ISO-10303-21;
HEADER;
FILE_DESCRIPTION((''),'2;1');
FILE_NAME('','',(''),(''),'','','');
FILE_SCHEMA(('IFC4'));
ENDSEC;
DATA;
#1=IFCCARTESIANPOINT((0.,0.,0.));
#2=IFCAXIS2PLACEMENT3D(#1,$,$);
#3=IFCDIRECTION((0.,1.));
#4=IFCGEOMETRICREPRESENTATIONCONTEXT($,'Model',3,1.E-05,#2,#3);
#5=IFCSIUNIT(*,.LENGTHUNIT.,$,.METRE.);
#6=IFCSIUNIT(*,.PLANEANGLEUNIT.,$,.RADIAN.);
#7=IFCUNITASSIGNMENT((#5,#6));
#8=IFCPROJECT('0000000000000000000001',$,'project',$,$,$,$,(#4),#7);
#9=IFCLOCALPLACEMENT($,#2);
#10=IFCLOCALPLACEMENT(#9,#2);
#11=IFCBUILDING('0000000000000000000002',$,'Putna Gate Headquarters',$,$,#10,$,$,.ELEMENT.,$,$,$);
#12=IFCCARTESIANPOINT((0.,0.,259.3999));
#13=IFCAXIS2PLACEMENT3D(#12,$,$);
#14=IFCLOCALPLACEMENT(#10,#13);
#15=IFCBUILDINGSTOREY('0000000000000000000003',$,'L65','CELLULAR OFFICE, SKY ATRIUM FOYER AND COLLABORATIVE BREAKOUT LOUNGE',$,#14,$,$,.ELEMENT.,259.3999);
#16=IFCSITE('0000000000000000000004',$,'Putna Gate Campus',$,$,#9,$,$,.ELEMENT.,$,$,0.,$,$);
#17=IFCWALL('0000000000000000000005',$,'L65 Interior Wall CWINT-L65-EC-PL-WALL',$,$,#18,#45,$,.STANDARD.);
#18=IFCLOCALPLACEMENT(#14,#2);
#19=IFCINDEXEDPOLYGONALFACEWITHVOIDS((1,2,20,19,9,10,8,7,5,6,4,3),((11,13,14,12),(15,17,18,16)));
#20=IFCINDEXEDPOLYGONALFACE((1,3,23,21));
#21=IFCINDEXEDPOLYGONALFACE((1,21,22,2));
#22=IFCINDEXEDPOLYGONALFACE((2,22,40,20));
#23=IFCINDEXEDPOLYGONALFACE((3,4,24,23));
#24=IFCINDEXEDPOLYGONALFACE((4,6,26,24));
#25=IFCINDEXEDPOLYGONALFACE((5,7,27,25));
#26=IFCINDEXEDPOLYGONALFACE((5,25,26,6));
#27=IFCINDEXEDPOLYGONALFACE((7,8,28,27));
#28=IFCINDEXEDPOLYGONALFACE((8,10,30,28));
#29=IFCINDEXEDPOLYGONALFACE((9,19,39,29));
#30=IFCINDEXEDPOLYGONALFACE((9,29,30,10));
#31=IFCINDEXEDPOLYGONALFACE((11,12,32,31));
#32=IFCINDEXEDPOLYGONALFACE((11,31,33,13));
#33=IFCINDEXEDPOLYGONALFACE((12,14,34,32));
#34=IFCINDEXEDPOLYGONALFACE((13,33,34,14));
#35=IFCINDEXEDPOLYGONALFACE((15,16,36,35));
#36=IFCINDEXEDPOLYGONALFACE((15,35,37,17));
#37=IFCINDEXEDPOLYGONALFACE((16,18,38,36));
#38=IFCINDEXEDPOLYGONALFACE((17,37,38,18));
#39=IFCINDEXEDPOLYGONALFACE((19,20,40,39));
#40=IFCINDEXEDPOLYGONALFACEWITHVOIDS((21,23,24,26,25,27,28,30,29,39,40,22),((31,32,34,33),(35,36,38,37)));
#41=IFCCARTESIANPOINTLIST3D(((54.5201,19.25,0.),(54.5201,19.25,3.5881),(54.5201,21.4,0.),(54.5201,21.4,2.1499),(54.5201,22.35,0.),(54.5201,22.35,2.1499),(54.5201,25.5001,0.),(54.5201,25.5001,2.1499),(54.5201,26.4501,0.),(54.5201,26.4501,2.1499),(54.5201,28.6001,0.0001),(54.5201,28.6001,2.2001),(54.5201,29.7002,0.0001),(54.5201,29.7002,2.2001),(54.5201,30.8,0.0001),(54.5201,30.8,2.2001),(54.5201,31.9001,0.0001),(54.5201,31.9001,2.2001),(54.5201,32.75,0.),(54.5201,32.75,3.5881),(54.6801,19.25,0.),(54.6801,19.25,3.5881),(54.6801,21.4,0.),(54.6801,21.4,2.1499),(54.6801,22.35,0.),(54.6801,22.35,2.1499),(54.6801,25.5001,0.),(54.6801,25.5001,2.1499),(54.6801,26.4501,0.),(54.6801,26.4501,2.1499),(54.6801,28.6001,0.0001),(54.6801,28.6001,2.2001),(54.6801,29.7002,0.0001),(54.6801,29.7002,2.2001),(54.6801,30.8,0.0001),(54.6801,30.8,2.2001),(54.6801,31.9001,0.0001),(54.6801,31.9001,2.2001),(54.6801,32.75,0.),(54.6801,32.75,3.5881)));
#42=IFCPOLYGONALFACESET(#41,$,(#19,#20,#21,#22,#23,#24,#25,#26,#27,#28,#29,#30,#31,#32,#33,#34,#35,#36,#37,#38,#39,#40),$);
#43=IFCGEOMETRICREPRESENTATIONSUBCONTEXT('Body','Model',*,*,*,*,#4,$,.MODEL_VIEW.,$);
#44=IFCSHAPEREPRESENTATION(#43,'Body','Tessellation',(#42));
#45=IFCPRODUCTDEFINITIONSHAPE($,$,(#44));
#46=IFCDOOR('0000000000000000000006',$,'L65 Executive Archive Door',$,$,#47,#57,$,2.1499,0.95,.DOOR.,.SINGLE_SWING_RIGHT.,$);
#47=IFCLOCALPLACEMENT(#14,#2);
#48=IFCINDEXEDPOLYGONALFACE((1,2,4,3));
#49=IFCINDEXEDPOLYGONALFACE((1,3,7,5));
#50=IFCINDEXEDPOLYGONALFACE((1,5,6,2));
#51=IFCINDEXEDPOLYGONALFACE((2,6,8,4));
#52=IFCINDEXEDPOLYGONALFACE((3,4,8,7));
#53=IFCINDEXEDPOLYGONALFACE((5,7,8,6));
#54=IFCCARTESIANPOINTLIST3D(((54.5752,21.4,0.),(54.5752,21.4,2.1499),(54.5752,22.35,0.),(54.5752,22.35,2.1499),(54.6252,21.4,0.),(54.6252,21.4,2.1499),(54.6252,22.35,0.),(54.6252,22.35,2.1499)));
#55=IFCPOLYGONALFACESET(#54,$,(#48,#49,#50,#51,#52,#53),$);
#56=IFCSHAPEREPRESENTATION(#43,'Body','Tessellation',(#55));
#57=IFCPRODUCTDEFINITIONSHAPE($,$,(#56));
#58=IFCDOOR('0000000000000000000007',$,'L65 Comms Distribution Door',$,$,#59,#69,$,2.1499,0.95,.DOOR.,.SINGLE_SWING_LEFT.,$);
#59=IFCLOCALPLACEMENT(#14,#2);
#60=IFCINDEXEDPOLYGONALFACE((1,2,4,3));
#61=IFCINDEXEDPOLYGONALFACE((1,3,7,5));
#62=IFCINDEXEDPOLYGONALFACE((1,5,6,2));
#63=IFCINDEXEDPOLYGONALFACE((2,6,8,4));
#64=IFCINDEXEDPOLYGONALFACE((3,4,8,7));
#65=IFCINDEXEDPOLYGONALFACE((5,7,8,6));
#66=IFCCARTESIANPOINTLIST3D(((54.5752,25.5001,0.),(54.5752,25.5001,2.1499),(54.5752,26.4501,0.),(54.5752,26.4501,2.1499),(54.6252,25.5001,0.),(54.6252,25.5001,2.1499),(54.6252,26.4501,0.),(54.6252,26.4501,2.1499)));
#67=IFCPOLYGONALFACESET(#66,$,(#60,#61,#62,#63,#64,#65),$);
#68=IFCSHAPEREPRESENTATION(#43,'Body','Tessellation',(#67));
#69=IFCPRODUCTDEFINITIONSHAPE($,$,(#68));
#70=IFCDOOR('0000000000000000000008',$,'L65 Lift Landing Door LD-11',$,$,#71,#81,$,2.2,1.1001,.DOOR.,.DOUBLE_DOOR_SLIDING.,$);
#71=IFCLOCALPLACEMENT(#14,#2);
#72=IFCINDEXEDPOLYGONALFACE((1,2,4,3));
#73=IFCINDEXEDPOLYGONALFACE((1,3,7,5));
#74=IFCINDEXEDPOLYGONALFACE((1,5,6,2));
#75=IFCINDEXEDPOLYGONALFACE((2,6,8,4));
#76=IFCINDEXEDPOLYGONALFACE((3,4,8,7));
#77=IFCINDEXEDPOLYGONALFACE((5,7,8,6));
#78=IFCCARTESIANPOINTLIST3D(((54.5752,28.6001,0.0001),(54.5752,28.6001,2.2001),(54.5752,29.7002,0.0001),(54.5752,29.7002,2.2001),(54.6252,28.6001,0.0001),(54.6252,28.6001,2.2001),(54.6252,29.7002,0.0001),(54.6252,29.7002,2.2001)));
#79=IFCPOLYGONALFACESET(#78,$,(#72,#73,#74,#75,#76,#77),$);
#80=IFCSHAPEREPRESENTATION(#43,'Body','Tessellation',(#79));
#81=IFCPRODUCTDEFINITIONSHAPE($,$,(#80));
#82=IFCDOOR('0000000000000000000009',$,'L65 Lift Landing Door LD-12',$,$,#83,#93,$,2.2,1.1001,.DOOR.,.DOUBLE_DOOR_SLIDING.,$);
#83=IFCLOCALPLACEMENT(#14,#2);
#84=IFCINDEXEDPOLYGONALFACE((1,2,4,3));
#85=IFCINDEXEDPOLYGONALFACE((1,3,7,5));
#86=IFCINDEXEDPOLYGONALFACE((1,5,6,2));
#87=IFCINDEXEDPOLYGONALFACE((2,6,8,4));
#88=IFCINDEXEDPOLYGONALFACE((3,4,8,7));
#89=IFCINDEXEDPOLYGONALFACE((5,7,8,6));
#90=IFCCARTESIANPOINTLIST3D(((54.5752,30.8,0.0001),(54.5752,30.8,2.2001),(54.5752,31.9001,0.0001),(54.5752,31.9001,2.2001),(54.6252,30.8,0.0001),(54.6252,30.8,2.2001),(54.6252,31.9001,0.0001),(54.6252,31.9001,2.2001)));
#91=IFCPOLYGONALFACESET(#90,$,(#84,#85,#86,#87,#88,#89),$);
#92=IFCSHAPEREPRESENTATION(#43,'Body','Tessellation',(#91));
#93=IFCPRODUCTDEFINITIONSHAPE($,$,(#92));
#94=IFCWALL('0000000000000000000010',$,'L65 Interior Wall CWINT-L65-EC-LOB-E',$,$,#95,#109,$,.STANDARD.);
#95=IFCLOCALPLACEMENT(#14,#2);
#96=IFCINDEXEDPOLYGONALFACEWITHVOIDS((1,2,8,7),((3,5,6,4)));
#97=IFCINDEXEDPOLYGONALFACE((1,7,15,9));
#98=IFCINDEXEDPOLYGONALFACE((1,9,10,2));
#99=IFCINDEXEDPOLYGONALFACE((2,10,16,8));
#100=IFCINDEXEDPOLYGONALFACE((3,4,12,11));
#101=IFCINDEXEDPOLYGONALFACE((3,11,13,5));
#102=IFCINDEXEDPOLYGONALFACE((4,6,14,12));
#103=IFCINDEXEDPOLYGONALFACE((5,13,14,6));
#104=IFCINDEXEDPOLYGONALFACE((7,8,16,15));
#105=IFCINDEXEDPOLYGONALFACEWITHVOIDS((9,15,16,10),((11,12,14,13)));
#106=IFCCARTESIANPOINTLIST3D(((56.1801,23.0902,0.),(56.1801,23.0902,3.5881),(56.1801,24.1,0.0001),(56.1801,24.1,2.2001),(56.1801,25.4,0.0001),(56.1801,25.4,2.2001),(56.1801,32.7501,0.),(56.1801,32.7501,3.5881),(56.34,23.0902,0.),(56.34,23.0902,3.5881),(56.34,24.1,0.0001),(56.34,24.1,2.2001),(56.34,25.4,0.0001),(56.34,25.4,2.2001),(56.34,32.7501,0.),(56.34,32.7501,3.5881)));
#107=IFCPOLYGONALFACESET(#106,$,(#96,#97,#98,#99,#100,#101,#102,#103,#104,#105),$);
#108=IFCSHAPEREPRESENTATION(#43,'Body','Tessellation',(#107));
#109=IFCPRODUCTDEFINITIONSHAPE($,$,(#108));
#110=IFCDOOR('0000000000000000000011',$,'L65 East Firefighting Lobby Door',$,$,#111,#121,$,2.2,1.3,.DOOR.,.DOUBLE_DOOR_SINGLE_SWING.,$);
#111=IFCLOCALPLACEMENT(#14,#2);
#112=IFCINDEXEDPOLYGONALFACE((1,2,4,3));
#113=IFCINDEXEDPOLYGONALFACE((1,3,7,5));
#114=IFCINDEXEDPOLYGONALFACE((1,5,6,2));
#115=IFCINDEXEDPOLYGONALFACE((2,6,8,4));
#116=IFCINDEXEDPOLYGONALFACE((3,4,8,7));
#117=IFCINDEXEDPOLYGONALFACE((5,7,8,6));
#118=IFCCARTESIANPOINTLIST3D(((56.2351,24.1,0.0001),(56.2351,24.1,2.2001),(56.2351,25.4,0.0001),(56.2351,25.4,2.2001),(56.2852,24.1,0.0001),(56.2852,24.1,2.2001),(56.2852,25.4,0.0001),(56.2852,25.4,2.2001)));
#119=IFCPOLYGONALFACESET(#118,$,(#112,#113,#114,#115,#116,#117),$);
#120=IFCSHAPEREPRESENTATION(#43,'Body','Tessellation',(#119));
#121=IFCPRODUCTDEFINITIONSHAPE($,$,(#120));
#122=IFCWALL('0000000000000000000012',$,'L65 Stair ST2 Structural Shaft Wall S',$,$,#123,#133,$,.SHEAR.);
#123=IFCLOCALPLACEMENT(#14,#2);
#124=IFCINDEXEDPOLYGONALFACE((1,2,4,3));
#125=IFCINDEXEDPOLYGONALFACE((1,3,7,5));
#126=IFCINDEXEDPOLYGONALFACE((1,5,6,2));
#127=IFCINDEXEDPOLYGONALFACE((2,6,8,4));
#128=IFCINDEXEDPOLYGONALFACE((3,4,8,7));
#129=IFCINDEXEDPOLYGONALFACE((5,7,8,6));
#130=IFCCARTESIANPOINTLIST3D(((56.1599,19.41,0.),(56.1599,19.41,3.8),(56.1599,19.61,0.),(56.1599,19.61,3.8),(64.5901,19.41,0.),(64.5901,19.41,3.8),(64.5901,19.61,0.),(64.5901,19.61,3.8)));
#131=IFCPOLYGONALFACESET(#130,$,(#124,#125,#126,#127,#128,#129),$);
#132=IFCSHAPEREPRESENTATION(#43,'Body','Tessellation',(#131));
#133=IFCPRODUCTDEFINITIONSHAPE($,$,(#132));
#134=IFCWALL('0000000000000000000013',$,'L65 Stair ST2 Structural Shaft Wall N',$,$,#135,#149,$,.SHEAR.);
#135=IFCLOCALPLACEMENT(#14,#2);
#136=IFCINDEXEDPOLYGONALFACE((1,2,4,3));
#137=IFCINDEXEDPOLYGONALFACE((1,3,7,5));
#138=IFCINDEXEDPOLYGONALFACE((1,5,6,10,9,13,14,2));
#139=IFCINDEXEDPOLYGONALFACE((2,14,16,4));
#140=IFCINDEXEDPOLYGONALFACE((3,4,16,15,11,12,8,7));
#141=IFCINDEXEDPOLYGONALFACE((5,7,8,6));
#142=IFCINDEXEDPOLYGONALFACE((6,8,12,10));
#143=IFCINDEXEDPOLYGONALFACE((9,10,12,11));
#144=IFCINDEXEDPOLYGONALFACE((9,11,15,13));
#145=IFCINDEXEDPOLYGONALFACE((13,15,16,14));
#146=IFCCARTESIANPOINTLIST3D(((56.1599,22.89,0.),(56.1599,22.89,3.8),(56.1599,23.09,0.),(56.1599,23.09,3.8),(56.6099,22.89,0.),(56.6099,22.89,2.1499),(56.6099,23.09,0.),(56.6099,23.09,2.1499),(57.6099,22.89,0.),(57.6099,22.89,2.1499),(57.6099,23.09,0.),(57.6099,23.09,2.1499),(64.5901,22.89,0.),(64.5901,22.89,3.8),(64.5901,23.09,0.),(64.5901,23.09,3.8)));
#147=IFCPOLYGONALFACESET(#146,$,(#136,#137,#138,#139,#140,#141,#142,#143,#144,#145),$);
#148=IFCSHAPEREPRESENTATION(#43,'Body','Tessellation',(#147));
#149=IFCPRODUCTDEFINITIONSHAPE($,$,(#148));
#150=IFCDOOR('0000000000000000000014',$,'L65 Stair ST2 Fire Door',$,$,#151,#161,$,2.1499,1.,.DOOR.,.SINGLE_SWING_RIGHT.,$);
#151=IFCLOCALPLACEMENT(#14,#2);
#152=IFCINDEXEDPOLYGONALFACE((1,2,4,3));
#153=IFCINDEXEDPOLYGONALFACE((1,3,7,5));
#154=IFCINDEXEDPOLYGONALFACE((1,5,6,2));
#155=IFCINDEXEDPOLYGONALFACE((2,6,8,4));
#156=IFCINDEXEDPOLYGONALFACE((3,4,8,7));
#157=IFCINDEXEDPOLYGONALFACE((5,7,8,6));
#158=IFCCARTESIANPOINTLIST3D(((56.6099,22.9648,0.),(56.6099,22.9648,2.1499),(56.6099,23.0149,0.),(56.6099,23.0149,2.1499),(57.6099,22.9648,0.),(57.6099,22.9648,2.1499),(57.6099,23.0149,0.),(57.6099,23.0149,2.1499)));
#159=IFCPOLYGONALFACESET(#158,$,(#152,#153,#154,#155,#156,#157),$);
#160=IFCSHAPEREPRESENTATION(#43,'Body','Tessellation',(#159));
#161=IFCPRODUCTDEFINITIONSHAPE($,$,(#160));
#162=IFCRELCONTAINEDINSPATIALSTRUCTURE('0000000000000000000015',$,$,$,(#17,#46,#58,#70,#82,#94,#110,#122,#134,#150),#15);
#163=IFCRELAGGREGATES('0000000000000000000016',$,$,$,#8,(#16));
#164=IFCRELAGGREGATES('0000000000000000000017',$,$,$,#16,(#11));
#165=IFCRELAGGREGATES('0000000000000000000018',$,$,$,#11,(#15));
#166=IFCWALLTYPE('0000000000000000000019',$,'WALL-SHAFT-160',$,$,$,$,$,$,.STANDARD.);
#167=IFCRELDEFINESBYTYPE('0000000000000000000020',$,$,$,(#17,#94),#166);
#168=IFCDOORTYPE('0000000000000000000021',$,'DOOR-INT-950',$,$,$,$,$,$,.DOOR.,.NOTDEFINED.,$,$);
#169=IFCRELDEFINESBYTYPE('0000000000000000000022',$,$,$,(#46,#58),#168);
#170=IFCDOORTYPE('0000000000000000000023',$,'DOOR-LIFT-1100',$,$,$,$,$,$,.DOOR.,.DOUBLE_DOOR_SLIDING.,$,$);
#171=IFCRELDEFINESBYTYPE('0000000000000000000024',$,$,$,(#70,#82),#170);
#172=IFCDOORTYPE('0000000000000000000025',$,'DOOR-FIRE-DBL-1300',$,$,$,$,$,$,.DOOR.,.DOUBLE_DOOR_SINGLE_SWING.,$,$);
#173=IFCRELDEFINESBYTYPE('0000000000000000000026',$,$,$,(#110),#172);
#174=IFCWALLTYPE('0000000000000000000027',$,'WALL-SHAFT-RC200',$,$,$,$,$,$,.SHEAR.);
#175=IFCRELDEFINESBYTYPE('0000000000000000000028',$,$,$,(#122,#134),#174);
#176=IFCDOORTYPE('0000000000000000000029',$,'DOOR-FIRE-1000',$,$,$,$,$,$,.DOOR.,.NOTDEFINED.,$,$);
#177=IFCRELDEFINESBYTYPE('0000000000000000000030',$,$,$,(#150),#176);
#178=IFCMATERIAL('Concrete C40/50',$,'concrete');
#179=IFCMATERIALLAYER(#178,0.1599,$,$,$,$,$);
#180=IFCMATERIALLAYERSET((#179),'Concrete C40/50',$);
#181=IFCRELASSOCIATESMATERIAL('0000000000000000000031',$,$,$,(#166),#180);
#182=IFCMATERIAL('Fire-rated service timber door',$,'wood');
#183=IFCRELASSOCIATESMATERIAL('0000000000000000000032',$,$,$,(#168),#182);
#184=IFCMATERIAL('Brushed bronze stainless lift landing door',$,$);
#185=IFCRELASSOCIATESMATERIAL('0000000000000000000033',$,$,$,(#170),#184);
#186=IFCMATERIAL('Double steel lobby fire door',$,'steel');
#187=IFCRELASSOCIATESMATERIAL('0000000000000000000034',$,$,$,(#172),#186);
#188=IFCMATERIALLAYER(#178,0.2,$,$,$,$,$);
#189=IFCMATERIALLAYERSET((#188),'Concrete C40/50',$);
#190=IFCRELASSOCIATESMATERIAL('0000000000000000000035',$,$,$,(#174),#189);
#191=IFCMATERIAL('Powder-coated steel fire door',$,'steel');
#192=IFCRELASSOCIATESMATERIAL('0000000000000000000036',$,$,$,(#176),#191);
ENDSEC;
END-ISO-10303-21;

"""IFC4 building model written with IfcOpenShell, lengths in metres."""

from ifc_helpers import new_model, si_unit, direction, frame, frame_2d, origin, place, context, subcontext, project, spatial, rectangle, extrude, material, layer, layer_set, type_object, element, fill, save


model = new_model("IFC4")

# Units and contexts
model_context = context("Model", 3, precision=1e-05, world=origin(), true_north=direction((0.0, 1.0)))
body_context = subcontext(model_context, "Body", "Model", "MODEL_VIEW")
ifc_project = project(units=[si_unit("LENGTHUNIT", "METRE"), si_unit("PLANEANGLEUNIT", "RADIAN")], contexts=[model_context])

# Site, building, storey
site_placement = place(None, origin())
site = spatial("IfcSite", under=ifc_project, at=site_placement, Name="Putna Gate Campus", CompositionType="ELEMENT", RefElevation=0.0)
building_placement = place(site_placement, origin())
building = spatial("IfcBuilding", under=site, at=building_placement, Name="Putna Gate Headquarters", CompositionType="ELEMENT")
storey_placement = place(building_placement, frame((0.0, 0.0, 259.3999)))
storey = spatial("IfcBuildingStorey", under=building, at=storey_placement, Name="L65", Description="CELLULAR OFFICE, SKY ATRIUM FOYER AND COLLABORATIVE BREAKOUT LOUNGE", CompositionType="ELEMENT", Elevation=259.3999)

# Wall, openings, doors
ifc_material_1 = material(Name="Concrete C40/50", Category="concrete")
ifc_layer_1 = layer(ifc_material_1, 0.1599)
ifc_layer_set_1 = layer_set([ifc_layer_1], Name="Concrete C40/50")
wall_type_1 = type_object("IfcWallType", Name="WALL-SHAFT-160", PredefinedType="STANDARD", material=ifc_layer_set_1)
wall_1_placement = place(storey_placement, frame((54.6001, 19.25, 0.0), z_axis=(0.0, 0.0, 1.0), x_axis=(0.0, 1.0, 0.0)))
wall_1 = element("IfcWall", 1, at=wall_1_placement, inside=storey, type_object=wall_type_1, Name="L65 Interior Wall CWINT-L65-EC-PL-WALL", PredefinedType="STANDARD", context=body_context, shape_type="SweptSolid", body=[
    extrude(rectangle(XDim=13.5, YDim=0.1599, at=frame_2d((6.75, 0.0))), origin(), (0.0, 0.0, 1.0), 3.5881),
])
opening_1_placement = place(wall_1_placement, frame((2.1499, 0.0, 0.0)))
opening_1 = element("IfcOpeningElement", 2, at=opening_1_placement, cuts=wall_1, PredefinedType="OPENING", context=body_context, shape_type="SweptSolid", body=[
    extrude(rectangle(XDim=0.95, YDim=2.1499, at=frame_2d((0.4751, 1.075))), frame((0.0, 0.0898, 0.0), z_axis=(0.0, -1.0, 0.0), x_axis=(1.0, 0.0, 0.0)), (0.0, 0.0, 1.0), 0.1799),
])
opening_2_placement = place(wall_1_placement, frame((6.25, 0.0, 0.0)))
opening_2 = element("IfcOpeningElement", 3, at=opening_2_placement, cuts=wall_1, PredefinedType="OPENING", context=body_context, shape_type="SweptSolid", body=[
    extrude(rectangle(XDim=0.95, YDim=2.1499, at=frame_2d((0.4751, 1.075))), frame((0.0, 0.0898, 0.0), z_axis=(0.0, -1.0, 0.0), x_axis=(1.0, 0.0, 0.0)), (0.0, 0.0, 1.0), 0.1799),
])
opening_3_placement = place(wall_1_placement, frame((9.3501, 0.0, 0.0)))
opening_3 = element("IfcOpeningElement", 4, at=opening_3_placement, cuts=wall_1, PredefinedType="OPENING", context=body_context, shape_type="SweptSolid", body=[
    extrude(rectangle(XDim=1.1001, YDim=2.2, at=frame_2d((0.55, 1.1001))), frame((0.0, 0.0898, 0.0), z_axis=(0.0, -1.0, 0.0), x_axis=(1.0, 0.0, 0.0)), (0.0, 0.0, 1.0), 0.1799),
])
opening_4_placement = place(wall_1_placement, frame((11.55, 0.0, 0.0)))
opening_4 = element("IfcOpeningElement", 5, at=opening_4_placement, cuts=wall_1, PredefinedType="OPENING", context=body_context, shape_type="SweptSolid", body=[
    extrude(rectangle(XDim=1.1001, YDim=2.2, at=frame_2d((0.55, 1.1001))), frame((0.0, 0.0898, 0.0), z_axis=(0.0, -1.0, 0.0), x_axis=(1.0, 0.0, 0.0)), (0.0, 0.0, 1.0), 0.1799),
])
ifc_material_2 = material(Name="Fire-rated service timber door", Category="wood")
door_type_1 = type_object("IfcDoorType", Name="DOOR-INT-950", OperationType="NOTDEFINED", PredefinedType="DOOR", material=ifc_material_2)
door_1_placement = place(opening_1_placement, origin())
door_1 = element("IfcDoor", 6, at=door_1_placement, inside=storey, type_object=door_type_1, Name="L65 Executive Archive Door", OperationType="SINGLE_SWING_RIGHT", OverallHeight=2.1499, OverallWidth=0.95, PredefinedType="DOOR", context=body_context, shape_type="SweptSolid", body=[
    extrude(rectangle(XDim=0.95, YDim=2.1499, at=frame_2d((0.4751, 1.075))), frame((0.0, 0.0249, 0.0), z_axis=(0.0, -1.0, 0.0), x_axis=(1.0, 0.0, 0.0)), (0.0, 0.0, 1.0), 0.05),
])
fill(opening_1, door_1)
door_2_placement = place(opening_2_placement, origin())
door_2 = element("IfcDoor", 7, at=door_2_placement, inside=storey, type_object=door_type_1, Name="L65 Comms Distribution Door", OperationType="SINGLE_SWING_LEFT", OverallHeight=2.1499, OverallWidth=0.95, PredefinedType="DOOR", context=body_context, shape_type="SweptSolid", body=[
    extrude(rectangle(XDim=0.95, YDim=2.1499, at=frame_2d((0.4751, 1.075))), frame((0.0, 0.0249, 0.0), z_axis=(0.0, -1.0, 0.0), x_axis=(1.0, 0.0, 0.0)), (0.0, 0.0, 1.0), 0.05),
])
fill(opening_2, door_2)
ifc_material_3 = material(Name="Brushed bronze stainless lift landing door")
door_type_2 = type_object("IfcDoorType", Name="DOOR-LIFT-1100", OperationType="DOUBLE_DOOR_SLIDING", PredefinedType="DOOR", material=ifc_material_3)
door_3_placement = place(opening_3_placement, origin())
door_3 = element("IfcDoor", 8, at=door_3_placement, inside=storey, type_object=door_type_2, Name="L65 Lift Landing Door LD-11", OperationType="DOUBLE_DOOR_SLIDING", OverallHeight=2.2, OverallWidth=1.1001, PredefinedType="DOOR", context=body_context, shape_type="SweptSolid", body=[
    extrude(rectangle(XDim=1.1001, YDim=2.2, at=frame_2d((0.55, 1.1001))), frame((0.0, 0.0249, 0.0), z_axis=(0.0, -1.0, 0.0), x_axis=(1.0, 0.0, 0.0)), (0.0, 0.0, 1.0), 0.05),
])
fill(opening_3, door_3)
door_4_placement = place(opening_4_placement, origin())
door_4 = element("IfcDoor", 9, at=door_4_placement, inside=storey, type_object=door_type_2, Name="L65 Lift Landing Door LD-12", OperationType="DOUBLE_DOOR_SLIDING", OverallHeight=2.2, OverallWidth=1.1001, PredefinedType="DOOR", context=body_context, shape_type="SweptSolid", body=[
    extrude(rectangle(XDim=1.1001, YDim=2.2, at=frame_2d((0.55, 1.1001))), frame((0.0, 0.0249, 0.0), z_axis=(0.0, -1.0, 0.0), x_axis=(1.0, 0.0, 0.0)), (0.0, 0.0, 1.0), 0.05),
])
fill(opening_4, door_4)

# Wall, opening, door
wall_2_placement = place(storey_placement, frame((56.26, 23.0901, 0.0), z_axis=(0.0, 0.0, 1.0), x_axis=(0.0, 1.0, 0.0)))
wall_2 = element("IfcWall", 10, at=wall_2_placement, inside=storey, type_object=wall_type_1, Name="L65 Interior Wall CWINT-L65-EC-LOB-E", PredefinedType="STANDARD", context=body_context, shape_type="SweptSolid", body=[
    extrude(rectangle(XDim=9.6599, YDim=0.1599, at=frame_2d((4.8301, 0.0))), origin(), (0.0, 0.0, 1.0), 3.5881),
])
opening_5_placement = place(wall_2_placement, frame((1.01, 0.0, 0.0)))
opening_5 = element("IfcOpeningElement", 11, at=opening_5_placement, cuts=wall_2, PredefinedType="OPENING", context=body_context, shape_type="SweptSolid", body=[
    extrude(rectangle(XDim=1.3, YDim=2.2, at=frame_2d((0.6499, 1.1001))), frame((0.0, 0.0898, 0.0), z_axis=(0.0, -1.0, 0.0), x_axis=(1.0, 0.0, 0.0)), (0.0, 0.0, 1.0), 0.1799),
])
ifc_material_4 = material(Name="Double steel lobby fire door", Category="steel")
door_type_3 = type_object("IfcDoorType", Name="DOOR-FIRE-DBL-1300", OperationType="DOUBLE_DOOR_SINGLE_SWING", PredefinedType="DOOR", material=ifc_material_4)
door_5_placement = place(opening_5_placement, origin())
door_5 = element("IfcDoor", 12, at=door_5_placement, inside=storey, type_object=door_type_3, Name="L65 East Firefighting Lobby Door", OperationType="DOUBLE_DOOR_SINGLE_SWING", OverallHeight=2.2, OverallWidth=1.3, PredefinedType="DOOR", context=body_context, shape_type="SweptSolid", body=[
    extrude(rectangle(XDim=1.3, YDim=2.2, at=frame_2d((0.6499, 1.1001))), frame((0.0, 0.0249, 0.0), z_axis=(0.0, -1.0, 0.0), x_axis=(1.0, 0.0, 0.0)), (0.0, 0.0, 1.0), 0.05),
])
fill(opening_5, door_5)

# Wall
ifc_layer_2 = layer(ifc_material_1, 0.2)
ifc_layer_set_2 = layer_set([ifc_layer_2], Name="Concrete C40/50")
wall_type_2 = type_object("IfcWallType", Name="WALL-SHAFT-RC200", PredefinedType="SHEAR", material=ifc_layer_set_2)
wall_3_placement = place(storey_placement, frame((56.1599, 19.51, 0.0), z_axis=(0.0, 0.0, 1.0), x_axis=(1.0, 0.0, 0.0)))
element("IfcWall", 13, at=wall_3_placement, inside=storey, type_object=wall_type_2, Name="L65 Stair ST2 Structural Shaft Wall S", PredefinedType="SHEAR", context=body_context, shape_type="SweptSolid", body=[
    extrude(rectangle(XDim=8.4302, YDim=0.2, at=frame_2d((4.2151, 0.0))), origin(), (0.0, 0.0, 1.0), 3.8),
])

# Wall, opening, door
wall_4_placement = place(storey_placement, frame((56.1599, 22.99, 0.0), z_axis=(0.0, 0.0, 1.0), x_axis=(1.0, 0.0, 0.0)))
wall_4 = element("IfcWall", 14, at=wall_4_placement, inside=storey, type_object=wall_type_2, Name="L65 Stair ST2 Structural Shaft Wall N", PredefinedType="SHEAR", context=body_context, shape_type="SweptSolid", body=[
    extrude(rectangle(XDim=8.4302, YDim=0.2, at=frame_2d((4.2151, 0.0))), origin(), (0.0, 0.0, 1.0), 3.8),
])
opening_6_placement = place(wall_4_placement, frame((0.45, 0.0, 0.0)))
opening_6 = element("IfcOpeningElement", 15, at=opening_6_placement, cuts=wall_4, PredefinedType="OPENING", context=body_context, shape_type="SweptSolid", body=[
    extrude(rectangle(XDim=1.0, YDim=2.1499, at=frame_2d((0.5, 1.075))), frame((0.0, 0.1099, 0.0), z_axis=(0.0, -1.0, 0.0), x_axis=(1.0, 0.0, 0.0)), (0.0, 0.0, 1.0), 0.22),
])
ifc_material_5 = material(Name="Powder-coated steel fire door", Category="steel")
door_type_4 = type_object("IfcDoorType", Name="DOOR-FIRE-1000", OperationType="NOTDEFINED", PredefinedType="DOOR", material=ifc_material_5)
door_6_placement = place(opening_6_placement, origin())
door_6 = element("IfcDoor", 16, at=door_6_placement, inside=storey, type_object=door_type_4, Name="L65 Stair ST2 Fire Door", OperationType="SINGLE_SWING_RIGHT", OverallHeight=2.1499, OverallWidth=1.0, PredefinedType="DOOR", context=body_context, shape_type="SweptSolid", body=[
    extrude(rectangle(XDim=1.0, YDim=2.1499, at=frame_2d((0.5, 1.075))), frame((0.0, 0.0249, 0.0), z_axis=(0.0, -1.0, 0.0), x_axis=(1.0, 0.0, 0.0)), (0.0, 0.0, 1.0), 0.05),
])
fill(opening_6, door_6)

save(model, "model.ifc")
